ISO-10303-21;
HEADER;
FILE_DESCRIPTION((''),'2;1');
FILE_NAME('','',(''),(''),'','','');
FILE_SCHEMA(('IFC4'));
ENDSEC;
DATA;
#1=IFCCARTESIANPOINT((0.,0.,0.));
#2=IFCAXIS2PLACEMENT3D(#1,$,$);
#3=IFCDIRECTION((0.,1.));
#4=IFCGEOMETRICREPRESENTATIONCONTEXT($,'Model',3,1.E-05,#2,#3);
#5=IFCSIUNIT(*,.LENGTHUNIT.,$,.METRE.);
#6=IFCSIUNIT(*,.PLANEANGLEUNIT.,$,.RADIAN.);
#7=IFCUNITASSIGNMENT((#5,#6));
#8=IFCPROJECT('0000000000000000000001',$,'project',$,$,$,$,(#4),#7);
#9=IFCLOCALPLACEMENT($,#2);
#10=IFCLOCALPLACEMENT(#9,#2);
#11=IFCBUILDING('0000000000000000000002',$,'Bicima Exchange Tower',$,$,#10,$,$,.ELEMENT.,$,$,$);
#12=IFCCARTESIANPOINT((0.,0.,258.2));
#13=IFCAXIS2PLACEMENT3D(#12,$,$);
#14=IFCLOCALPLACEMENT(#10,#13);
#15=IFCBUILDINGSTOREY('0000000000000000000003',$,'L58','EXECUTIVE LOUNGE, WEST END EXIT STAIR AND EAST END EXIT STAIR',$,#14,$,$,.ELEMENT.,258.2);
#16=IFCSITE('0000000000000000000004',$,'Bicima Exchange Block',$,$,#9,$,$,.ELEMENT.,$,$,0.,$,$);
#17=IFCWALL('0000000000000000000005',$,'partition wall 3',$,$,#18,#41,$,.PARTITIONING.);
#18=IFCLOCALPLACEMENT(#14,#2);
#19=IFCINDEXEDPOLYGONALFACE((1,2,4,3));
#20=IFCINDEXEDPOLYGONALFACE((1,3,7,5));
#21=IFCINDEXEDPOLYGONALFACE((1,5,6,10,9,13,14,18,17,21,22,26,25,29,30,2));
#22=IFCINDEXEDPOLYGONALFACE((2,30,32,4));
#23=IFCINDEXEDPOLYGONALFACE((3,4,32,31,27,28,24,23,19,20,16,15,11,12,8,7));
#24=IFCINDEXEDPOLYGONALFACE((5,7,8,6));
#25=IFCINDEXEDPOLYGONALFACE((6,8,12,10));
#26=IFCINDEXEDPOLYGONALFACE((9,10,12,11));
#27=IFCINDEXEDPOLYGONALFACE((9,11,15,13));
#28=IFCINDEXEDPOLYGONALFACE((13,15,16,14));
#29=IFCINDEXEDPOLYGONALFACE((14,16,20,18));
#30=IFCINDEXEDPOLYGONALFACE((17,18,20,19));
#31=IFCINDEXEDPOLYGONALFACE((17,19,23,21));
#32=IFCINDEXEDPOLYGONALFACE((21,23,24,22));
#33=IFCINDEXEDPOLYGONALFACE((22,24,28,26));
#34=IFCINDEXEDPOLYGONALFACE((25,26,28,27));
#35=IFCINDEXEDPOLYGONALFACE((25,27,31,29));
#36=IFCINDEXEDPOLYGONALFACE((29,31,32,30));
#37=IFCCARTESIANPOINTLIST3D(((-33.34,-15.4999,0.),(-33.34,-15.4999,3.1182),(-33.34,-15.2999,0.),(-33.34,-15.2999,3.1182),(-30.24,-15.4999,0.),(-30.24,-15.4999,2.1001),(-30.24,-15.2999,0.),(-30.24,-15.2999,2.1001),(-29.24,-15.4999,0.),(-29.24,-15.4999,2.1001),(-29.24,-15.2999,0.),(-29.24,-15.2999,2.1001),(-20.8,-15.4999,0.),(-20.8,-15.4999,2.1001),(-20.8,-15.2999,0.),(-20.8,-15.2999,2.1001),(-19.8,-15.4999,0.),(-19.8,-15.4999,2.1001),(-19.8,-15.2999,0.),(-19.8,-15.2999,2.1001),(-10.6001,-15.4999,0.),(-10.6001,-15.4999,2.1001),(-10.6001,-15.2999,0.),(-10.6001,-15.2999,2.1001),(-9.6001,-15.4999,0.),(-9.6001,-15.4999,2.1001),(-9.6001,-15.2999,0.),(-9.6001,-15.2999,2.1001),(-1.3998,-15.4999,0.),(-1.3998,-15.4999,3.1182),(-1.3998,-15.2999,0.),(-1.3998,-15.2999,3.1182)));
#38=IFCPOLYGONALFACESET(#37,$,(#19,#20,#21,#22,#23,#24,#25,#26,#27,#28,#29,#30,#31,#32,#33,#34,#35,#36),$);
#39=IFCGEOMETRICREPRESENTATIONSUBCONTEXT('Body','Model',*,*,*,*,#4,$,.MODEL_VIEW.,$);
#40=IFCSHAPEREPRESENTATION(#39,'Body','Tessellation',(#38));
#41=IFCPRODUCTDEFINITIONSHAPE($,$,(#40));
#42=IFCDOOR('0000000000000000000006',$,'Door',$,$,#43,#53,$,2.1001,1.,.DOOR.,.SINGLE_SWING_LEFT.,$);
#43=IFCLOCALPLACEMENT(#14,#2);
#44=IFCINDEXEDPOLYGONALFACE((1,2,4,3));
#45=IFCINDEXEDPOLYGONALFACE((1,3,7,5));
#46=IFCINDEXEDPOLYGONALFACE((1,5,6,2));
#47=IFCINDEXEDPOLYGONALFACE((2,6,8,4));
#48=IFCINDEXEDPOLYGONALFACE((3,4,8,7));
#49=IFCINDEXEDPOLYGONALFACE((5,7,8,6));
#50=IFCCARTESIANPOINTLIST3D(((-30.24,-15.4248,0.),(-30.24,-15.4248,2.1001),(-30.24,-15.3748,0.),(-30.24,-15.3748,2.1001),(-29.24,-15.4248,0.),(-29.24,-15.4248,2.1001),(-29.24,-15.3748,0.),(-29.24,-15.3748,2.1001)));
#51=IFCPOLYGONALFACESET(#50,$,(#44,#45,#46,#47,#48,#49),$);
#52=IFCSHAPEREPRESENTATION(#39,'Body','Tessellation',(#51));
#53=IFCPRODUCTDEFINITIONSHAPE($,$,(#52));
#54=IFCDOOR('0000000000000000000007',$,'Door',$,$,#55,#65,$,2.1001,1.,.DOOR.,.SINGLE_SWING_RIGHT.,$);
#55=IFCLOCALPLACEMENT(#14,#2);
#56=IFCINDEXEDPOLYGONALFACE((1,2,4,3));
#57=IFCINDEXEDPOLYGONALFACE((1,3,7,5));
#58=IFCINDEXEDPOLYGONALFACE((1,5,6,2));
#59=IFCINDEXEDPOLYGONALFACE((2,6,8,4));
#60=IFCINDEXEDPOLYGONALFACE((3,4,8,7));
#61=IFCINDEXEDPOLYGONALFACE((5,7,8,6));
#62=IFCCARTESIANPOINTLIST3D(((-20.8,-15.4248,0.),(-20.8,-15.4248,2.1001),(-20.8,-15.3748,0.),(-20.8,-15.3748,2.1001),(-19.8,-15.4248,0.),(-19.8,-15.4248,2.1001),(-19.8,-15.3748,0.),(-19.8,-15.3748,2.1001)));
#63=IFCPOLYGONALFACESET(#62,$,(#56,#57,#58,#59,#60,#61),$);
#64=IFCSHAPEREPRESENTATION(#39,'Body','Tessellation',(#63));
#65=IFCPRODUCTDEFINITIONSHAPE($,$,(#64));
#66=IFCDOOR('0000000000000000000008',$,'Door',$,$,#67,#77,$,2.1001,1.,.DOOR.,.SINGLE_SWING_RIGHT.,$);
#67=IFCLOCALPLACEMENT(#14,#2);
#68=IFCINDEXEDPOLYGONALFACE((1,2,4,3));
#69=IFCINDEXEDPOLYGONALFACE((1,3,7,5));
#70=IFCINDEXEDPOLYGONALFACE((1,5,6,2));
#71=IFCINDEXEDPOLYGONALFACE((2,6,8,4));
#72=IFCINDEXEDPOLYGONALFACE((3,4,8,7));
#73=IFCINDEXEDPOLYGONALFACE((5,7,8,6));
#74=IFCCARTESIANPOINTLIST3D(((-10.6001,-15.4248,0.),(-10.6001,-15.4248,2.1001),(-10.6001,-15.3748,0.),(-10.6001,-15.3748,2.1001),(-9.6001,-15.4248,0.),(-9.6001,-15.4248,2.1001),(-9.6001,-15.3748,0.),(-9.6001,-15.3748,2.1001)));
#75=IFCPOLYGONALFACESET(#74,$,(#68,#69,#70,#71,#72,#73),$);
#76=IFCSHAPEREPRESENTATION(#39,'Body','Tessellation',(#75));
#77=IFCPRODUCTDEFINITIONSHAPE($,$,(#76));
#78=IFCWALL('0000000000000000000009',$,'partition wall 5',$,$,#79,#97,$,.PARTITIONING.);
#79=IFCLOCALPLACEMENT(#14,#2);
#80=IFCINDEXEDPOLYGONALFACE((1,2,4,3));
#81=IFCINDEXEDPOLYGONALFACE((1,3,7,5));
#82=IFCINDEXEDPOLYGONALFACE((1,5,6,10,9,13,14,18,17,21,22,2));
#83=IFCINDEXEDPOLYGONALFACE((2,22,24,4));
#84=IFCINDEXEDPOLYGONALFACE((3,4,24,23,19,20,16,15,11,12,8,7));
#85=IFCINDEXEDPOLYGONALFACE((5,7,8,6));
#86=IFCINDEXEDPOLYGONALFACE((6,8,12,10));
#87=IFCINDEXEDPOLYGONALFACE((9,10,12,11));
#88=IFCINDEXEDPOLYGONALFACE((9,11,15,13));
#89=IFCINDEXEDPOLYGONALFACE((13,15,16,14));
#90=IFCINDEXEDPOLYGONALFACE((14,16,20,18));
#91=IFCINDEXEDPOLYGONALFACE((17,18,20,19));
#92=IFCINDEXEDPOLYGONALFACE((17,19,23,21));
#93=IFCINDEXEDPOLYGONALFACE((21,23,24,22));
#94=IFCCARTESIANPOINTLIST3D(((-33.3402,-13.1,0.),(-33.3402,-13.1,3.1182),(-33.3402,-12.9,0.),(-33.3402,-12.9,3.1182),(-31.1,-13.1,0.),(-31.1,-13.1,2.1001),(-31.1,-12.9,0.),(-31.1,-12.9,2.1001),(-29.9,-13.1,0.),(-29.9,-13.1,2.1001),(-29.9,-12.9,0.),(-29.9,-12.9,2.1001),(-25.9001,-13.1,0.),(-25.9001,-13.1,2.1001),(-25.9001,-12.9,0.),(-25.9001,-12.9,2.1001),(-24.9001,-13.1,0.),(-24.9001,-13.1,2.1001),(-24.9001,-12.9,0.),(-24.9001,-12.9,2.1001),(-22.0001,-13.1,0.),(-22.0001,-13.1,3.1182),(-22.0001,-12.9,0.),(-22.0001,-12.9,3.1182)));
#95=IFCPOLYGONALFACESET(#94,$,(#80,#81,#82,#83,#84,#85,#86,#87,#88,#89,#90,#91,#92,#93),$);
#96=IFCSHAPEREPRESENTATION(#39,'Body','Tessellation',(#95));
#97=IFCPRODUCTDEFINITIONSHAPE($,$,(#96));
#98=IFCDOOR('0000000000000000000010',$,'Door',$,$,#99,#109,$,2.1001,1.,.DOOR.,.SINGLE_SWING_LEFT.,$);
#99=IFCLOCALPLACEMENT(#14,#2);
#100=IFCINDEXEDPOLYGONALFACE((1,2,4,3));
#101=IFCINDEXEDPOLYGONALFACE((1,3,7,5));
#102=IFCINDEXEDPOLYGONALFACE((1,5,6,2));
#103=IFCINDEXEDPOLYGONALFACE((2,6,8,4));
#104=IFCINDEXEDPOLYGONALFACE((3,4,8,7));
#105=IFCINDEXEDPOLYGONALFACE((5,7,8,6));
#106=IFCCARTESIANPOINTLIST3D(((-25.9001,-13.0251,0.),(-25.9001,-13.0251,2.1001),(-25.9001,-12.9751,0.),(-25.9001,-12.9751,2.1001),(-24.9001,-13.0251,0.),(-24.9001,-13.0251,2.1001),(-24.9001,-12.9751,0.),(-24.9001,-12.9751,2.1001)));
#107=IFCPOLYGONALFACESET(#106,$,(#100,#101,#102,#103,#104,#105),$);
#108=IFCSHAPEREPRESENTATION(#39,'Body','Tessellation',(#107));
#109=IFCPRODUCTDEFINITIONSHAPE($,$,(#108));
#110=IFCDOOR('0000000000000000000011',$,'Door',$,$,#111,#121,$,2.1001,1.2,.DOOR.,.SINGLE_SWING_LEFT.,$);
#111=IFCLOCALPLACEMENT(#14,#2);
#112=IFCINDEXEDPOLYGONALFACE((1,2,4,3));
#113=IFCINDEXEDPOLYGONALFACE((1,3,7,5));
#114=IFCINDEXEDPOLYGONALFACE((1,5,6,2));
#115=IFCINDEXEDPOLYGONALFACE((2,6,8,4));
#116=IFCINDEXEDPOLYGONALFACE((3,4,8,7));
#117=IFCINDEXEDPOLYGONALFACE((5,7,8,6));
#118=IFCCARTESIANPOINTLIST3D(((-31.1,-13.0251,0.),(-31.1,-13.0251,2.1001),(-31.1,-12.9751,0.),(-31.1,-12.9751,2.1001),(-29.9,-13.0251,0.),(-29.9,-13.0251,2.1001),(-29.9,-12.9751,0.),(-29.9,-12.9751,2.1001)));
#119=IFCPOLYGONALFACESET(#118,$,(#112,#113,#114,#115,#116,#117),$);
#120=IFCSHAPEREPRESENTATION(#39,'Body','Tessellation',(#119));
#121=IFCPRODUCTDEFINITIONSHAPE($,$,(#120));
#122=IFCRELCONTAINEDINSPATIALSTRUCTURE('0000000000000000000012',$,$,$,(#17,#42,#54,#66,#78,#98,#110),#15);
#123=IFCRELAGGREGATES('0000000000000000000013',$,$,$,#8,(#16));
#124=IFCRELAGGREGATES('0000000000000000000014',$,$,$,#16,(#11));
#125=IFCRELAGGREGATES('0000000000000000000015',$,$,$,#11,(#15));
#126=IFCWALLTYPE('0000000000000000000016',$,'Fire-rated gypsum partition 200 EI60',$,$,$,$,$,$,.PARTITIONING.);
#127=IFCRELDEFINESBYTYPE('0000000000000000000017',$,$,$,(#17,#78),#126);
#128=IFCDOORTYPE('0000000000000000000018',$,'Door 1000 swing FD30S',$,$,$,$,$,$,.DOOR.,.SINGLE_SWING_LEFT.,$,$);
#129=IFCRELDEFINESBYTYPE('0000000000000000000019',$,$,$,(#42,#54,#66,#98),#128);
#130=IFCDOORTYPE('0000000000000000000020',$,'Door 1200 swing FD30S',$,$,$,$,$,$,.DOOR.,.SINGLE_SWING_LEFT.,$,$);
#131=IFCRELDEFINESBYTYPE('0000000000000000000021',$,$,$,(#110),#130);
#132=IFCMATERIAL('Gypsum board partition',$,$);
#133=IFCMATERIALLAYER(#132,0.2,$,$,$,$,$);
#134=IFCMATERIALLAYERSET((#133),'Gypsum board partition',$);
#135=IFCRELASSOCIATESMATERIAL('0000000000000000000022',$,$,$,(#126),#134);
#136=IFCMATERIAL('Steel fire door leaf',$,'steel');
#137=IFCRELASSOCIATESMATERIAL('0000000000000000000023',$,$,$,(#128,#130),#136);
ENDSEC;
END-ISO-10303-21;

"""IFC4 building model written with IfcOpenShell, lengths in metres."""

from ifc_helpers import new_model, si_unit, direction, frame, frame_2d, origin, place, context, subcontext, project, spatial, rectangle, extrude, material, layer, layer_set, type_object, element, fill, save


model = new_model("IFC4")

# Units and contexts
model_context = context("Model", 3, precision=1e-05, world=origin(), true_north=direction((0.0, 1.0)))
body_context = subcontext(model_context, "Body", "Model", "MODEL_VIEW")
ifc_project = project(units=[si_unit("LENGTHUNIT", "METRE"), si_unit("PLANEANGLEUNIT", "RADIAN")], contexts=[model_context])

# Site, building, storey
site_placement = place(None, origin())
site = spatial("IfcSite", under=ifc_project, at=site_placement, Name="Bicima Exchange Block", CompositionType="ELEMENT", RefElevation=0.0)
building_placement = place(site_placement, origin())
building = spatial("IfcBuilding", under=site, at=building_placement, Name="Bicima Exchange Tower", CompositionType="ELEMENT")
storey_placement = place(building_placement, frame((0.0, 0.0, 258.2)))
storey = spatial("IfcBuildingStorey", under=building, at=storey_placement, Name="L58", Description="EXECUTIVE LOUNGE, WEST END EXIT STAIR AND EAST END EXIT STAIR", CompositionType="ELEMENT", Elevation=258.2)

# Walls, openings, doors
ifc_material_1 = material(Name="Gypsum board partition")
ifc_layer_1 = layer(ifc_material_1, 0.2)
ifc_layer_set_1 = layer_set([ifc_layer_1], Name="Gypsum board partition")
wall_type = type_object("IfcWallType", Name="Fire-rated gypsum partition 200 EI60", PredefinedType="PARTITIONING", material=ifc_layer_set_1)
wall_1_placement = place(storey_placement, frame((-33.3401, -15.3999, 0.0), z_axis=(0.0, 0.0, 1.0), x_axis=(1.0, 0.0, 0.0)))
wall_1 = element("IfcWall", 1, at=wall_1_placement, inside=storey, type_object=wall_type, Name="partition wall 3", PredefinedType="PARTITIONING", context=body_context, shape_type="SweptSolid", body=[
    extrude(rectangle(XDim=31.9402, YDim=0.2, at=frame_2d((15.9702, 0.0))), origin(), (0.0, 0.0, 1.0), 3.1182),
])
opening_1_placement = place(wall_1_placement, frame((3.1001, 0.0, 0.0)))
opening_1 = element("IfcOpeningElement", 2, at=opening_1_placement, cuts=wall_1, PredefinedType="OPENING", context=body_context, shape_type="SweptSolid", body=[
    extrude(rectangle(XDim=1.0, YDim=2.1001, at=frame_2d((0.5, 1.05))), frame((0.0, 0.1118, 0.0), z_axis=(0.0, -1.0, 0.0), x_axis=(1.0, 0.0, 0.0)), (0.0, 0.0, 1.0), 0.2239),
])
opening_2_placement = place(wall_1_placement, frame((12.54, 0.0, 0.0)))
opening_2 = element("IfcOpeningElement", 3, at=opening_2_placement, cuts=wall_1, PredefinedType="OPENING", context=body_context, shape_type="SweptSolid", body=[
    extrude(rectangle(XDim=1.0, YDim=2.1001, at=frame_2d((0.5, 1.05))), frame((0.0, 0.1118, 0.0), z_axis=(0.0, -1.0, 0.0), x_axis=(1.0, 0.0, 0.0)), (0.0, 0.0, 1.0), 0.2239),
])
opening_3_placement = place(wall_1_placement, frame((22.74, 0.0, 0.0)))
opening_3 = element("IfcOpeningElement", 4, at=opening_3_placement, cuts=wall_1, PredefinedType="OPENING", context=body_context, shape_type="SweptSolid", body=[
    extrude(rectangle(XDim=1.0, YDim=2.1001, at=frame_2d((0.5, 1.05))), frame((0.0, 0.1118, 0.0), z_axis=(0.0, -1.0, 0.0), x_axis=(1.0, 0.0, 0.0)), (0.0, 0.0, 1.0), 0.2239),
])
ifc_material_2 = material(Name="Steel fire door leaf", Category="steel")
door_type_1 = type_object("IfcDoorType", Name="Door 1000 swing FD30S", OperationType="SINGLE_SWING_LEFT", PredefinedType="DOOR", material=ifc_material_2)
door_1_placement = place(opening_1_placement, frame((1.0, 0.0, 0.0), z_axis=(0.0, 0.0, 1.0), x_axis=(-1.0, 0.0, 0.0)))
door_1 = element("IfcDoor", 5, at=door_1_placement, inside=storey, type_object=door_type_1, Name="Door", OperationType="SINGLE_SWING_LEFT", OverallHeight=2.1001, OverallWidth=1.0, PredefinedType="DOOR", context=body_context, shape_type="SweptSolid", body=[
    extrude(rectangle(XDim=1.0, YDim=2.1001, at=frame_2d((0.5, 1.05))), frame((0.0, 0.0249, 0.0), z_axis=(0.0, -1.0, 0.0), x_axis=(1.0, 0.0, 0.0)), (0.0, 0.0, 1.0), 0.05),
])
fill(opening_1, door_1)
door_2_placement = place(opening_2_placement, frame((1.0, 0.0, 0.0), z_axis=(0.0, 0.0, 1.0), x_axis=(-1.0, 0.0, 0.0)))
door_2 = element("IfcDoor", 6, at=door_2_placement, inside=storey, type_object=door_type_1, Name="Door", OperationType="SINGLE_SWING_RIGHT", OverallHeight=2.1001, OverallWidth=1.0, PredefinedType="DOOR", context=body_context, shape_type="SweptSolid", body=[
    extrude(rectangle(XDim=1.0, YDim=2.1001, at=frame_2d((0.5, 1.05))), frame((0.0, 0.0249, 0.0), z_axis=(0.0, -1.0, 0.0), x_axis=(1.0, 0.0, 0.0)), (0.0, 0.0, 1.0), 0.05),
])
fill(opening_2, door_2)
door_3_placement = place(opening_3_placement, frame((1.0, 0.0, 0.0), z_axis=(0.0, 0.0, 1.0), x_axis=(-1.0, 0.0, 0.0)))
door_3 = element("IfcDoor", 7, at=door_3_placement, inside=storey, type_object=door_type_1, Name="Door", OperationType="SINGLE_SWING_RIGHT", OverallHeight=2.1001, OverallWidth=1.0, PredefinedType="DOOR", context=body_context, shape_type="SweptSolid", body=[
    extrude(rectangle(XDim=1.0, YDim=2.1001, at=frame_2d((0.5, 1.05))), frame((0.0, 0.0249, 0.0), z_axis=(0.0, -1.0, 0.0), x_axis=(1.0, 0.0, 0.0)), (0.0, 0.0, 1.0), 0.05),
])
fill(opening_3, door_3)
wall_2_placement = place(storey_placement, frame((-33.3401, -13.0, 0.0), z_axis=(0.0, 0.0, 1.0), x_axis=(1.0, 0.0, 0.0)))
wall_2 = element("IfcWall", 8, at=wall_2_placement, inside=storey, type_object=wall_type, Name="partition wall 5", PredefinedType="PARTITIONING", context=body_context, shape_type="SweptSolid", body=[
    extrude(rectangle(XDim=11.3401, YDim=0.2, at=frame_2d((5.6699, 0.0))), origin(), (0.0, 0.0, 1.0), 3.1182),
])
opening_4_placement = place(wall_2_placement, frame((2.24, 0.0, 0.0)))
opening_4 = element("IfcOpeningElement", 9, at=opening_4_placement, cuts=wall_2, PredefinedType="OPENING", context=body_context, shape_type="SweptSolid", body=[
    extrude(rectangle(XDim=1.2, YDim=2.1001, at=frame_2d((0.6001, 1.05))), frame((0.0, 0.1118, 0.0), z_axis=(0.0, -1.0, 0.0), x_axis=(1.0, 0.0, 0.0)), (0.0, 0.0, 1.0), 0.2239),
])
opening_5_placement = place(wall_2_placement, frame((7.4399, 0.0, 0.0)))
opening_5 = element("IfcOpeningElement", 10, at=opening_5_placement, cuts=wall_2, PredefinedType="OPENING", context=body_context, shape_type="SweptSolid", body=[
    extrude(rectangle(XDim=1.0, YDim=2.1001, at=frame_2d((0.5, 1.05))), frame((0.0, 0.1118, 0.0), z_axis=(0.0, -1.0, 0.0), x_axis=(1.0, 0.0, 0.0)), (0.0, 0.0, 1.0), 0.2239),
])
door_4_placement = place(opening_5_placement, origin())
door_4 = element("IfcDoor", 11, at=door_4_placement, inside=storey, type_object=door_type_1, Name="Door", OperationType="SINGLE_SWING_LEFT", OverallHeight=2.1001, OverallWidth=1.0, PredefinedType="DOOR", context=body_context, shape_type="SweptSolid", body=[
    extrude(rectangle(XDim=1.0, YDim=2.1001, at=frame_2d((0.5, 1.05))), frame((0.0, 0.0249, 0.0), z_axis=(0.0, -1.0, 0.0), x_axis=(1.0, 0.0, 0.0)), (0.0, 0.0, 1.0), 0.05),
])
fill(opening_5, door_4)
door_type_2 = type_object("IfcDoorType", Name="Door 1200 swing FD30S", OperationType="SINGLE_SWING_LEFT", PredefinedType="DOOR", material=ifc_material_2)
door_5_placement = place(opening_4_placement, origin())
door_5 = element("IfcDoor", 12, at=door_5_placement, inside=storey, type_object=door_type_2, Name="Door", OperationType="SINGLE_SWING_LEFT", OverallHeight=2.1001, OverallWidth=1.2, PredefinedType="DOOR", context=body_context, shape_type="SweptSolid", body=[
    extrude(rectangle(XDim=1.2, YDim=2.1001, at=frame_2d((0.6001, 1.05))), frame((0.0, 0.0249, 0.0), z_axis=(0.0, -1.0, 0.0), x_axis=(1.0, 0.0, 0.0)), (0.0, 0.0, 1.0), 0.05),
])
fill(opening_4, door_5)

save(model, "model.ifc")
